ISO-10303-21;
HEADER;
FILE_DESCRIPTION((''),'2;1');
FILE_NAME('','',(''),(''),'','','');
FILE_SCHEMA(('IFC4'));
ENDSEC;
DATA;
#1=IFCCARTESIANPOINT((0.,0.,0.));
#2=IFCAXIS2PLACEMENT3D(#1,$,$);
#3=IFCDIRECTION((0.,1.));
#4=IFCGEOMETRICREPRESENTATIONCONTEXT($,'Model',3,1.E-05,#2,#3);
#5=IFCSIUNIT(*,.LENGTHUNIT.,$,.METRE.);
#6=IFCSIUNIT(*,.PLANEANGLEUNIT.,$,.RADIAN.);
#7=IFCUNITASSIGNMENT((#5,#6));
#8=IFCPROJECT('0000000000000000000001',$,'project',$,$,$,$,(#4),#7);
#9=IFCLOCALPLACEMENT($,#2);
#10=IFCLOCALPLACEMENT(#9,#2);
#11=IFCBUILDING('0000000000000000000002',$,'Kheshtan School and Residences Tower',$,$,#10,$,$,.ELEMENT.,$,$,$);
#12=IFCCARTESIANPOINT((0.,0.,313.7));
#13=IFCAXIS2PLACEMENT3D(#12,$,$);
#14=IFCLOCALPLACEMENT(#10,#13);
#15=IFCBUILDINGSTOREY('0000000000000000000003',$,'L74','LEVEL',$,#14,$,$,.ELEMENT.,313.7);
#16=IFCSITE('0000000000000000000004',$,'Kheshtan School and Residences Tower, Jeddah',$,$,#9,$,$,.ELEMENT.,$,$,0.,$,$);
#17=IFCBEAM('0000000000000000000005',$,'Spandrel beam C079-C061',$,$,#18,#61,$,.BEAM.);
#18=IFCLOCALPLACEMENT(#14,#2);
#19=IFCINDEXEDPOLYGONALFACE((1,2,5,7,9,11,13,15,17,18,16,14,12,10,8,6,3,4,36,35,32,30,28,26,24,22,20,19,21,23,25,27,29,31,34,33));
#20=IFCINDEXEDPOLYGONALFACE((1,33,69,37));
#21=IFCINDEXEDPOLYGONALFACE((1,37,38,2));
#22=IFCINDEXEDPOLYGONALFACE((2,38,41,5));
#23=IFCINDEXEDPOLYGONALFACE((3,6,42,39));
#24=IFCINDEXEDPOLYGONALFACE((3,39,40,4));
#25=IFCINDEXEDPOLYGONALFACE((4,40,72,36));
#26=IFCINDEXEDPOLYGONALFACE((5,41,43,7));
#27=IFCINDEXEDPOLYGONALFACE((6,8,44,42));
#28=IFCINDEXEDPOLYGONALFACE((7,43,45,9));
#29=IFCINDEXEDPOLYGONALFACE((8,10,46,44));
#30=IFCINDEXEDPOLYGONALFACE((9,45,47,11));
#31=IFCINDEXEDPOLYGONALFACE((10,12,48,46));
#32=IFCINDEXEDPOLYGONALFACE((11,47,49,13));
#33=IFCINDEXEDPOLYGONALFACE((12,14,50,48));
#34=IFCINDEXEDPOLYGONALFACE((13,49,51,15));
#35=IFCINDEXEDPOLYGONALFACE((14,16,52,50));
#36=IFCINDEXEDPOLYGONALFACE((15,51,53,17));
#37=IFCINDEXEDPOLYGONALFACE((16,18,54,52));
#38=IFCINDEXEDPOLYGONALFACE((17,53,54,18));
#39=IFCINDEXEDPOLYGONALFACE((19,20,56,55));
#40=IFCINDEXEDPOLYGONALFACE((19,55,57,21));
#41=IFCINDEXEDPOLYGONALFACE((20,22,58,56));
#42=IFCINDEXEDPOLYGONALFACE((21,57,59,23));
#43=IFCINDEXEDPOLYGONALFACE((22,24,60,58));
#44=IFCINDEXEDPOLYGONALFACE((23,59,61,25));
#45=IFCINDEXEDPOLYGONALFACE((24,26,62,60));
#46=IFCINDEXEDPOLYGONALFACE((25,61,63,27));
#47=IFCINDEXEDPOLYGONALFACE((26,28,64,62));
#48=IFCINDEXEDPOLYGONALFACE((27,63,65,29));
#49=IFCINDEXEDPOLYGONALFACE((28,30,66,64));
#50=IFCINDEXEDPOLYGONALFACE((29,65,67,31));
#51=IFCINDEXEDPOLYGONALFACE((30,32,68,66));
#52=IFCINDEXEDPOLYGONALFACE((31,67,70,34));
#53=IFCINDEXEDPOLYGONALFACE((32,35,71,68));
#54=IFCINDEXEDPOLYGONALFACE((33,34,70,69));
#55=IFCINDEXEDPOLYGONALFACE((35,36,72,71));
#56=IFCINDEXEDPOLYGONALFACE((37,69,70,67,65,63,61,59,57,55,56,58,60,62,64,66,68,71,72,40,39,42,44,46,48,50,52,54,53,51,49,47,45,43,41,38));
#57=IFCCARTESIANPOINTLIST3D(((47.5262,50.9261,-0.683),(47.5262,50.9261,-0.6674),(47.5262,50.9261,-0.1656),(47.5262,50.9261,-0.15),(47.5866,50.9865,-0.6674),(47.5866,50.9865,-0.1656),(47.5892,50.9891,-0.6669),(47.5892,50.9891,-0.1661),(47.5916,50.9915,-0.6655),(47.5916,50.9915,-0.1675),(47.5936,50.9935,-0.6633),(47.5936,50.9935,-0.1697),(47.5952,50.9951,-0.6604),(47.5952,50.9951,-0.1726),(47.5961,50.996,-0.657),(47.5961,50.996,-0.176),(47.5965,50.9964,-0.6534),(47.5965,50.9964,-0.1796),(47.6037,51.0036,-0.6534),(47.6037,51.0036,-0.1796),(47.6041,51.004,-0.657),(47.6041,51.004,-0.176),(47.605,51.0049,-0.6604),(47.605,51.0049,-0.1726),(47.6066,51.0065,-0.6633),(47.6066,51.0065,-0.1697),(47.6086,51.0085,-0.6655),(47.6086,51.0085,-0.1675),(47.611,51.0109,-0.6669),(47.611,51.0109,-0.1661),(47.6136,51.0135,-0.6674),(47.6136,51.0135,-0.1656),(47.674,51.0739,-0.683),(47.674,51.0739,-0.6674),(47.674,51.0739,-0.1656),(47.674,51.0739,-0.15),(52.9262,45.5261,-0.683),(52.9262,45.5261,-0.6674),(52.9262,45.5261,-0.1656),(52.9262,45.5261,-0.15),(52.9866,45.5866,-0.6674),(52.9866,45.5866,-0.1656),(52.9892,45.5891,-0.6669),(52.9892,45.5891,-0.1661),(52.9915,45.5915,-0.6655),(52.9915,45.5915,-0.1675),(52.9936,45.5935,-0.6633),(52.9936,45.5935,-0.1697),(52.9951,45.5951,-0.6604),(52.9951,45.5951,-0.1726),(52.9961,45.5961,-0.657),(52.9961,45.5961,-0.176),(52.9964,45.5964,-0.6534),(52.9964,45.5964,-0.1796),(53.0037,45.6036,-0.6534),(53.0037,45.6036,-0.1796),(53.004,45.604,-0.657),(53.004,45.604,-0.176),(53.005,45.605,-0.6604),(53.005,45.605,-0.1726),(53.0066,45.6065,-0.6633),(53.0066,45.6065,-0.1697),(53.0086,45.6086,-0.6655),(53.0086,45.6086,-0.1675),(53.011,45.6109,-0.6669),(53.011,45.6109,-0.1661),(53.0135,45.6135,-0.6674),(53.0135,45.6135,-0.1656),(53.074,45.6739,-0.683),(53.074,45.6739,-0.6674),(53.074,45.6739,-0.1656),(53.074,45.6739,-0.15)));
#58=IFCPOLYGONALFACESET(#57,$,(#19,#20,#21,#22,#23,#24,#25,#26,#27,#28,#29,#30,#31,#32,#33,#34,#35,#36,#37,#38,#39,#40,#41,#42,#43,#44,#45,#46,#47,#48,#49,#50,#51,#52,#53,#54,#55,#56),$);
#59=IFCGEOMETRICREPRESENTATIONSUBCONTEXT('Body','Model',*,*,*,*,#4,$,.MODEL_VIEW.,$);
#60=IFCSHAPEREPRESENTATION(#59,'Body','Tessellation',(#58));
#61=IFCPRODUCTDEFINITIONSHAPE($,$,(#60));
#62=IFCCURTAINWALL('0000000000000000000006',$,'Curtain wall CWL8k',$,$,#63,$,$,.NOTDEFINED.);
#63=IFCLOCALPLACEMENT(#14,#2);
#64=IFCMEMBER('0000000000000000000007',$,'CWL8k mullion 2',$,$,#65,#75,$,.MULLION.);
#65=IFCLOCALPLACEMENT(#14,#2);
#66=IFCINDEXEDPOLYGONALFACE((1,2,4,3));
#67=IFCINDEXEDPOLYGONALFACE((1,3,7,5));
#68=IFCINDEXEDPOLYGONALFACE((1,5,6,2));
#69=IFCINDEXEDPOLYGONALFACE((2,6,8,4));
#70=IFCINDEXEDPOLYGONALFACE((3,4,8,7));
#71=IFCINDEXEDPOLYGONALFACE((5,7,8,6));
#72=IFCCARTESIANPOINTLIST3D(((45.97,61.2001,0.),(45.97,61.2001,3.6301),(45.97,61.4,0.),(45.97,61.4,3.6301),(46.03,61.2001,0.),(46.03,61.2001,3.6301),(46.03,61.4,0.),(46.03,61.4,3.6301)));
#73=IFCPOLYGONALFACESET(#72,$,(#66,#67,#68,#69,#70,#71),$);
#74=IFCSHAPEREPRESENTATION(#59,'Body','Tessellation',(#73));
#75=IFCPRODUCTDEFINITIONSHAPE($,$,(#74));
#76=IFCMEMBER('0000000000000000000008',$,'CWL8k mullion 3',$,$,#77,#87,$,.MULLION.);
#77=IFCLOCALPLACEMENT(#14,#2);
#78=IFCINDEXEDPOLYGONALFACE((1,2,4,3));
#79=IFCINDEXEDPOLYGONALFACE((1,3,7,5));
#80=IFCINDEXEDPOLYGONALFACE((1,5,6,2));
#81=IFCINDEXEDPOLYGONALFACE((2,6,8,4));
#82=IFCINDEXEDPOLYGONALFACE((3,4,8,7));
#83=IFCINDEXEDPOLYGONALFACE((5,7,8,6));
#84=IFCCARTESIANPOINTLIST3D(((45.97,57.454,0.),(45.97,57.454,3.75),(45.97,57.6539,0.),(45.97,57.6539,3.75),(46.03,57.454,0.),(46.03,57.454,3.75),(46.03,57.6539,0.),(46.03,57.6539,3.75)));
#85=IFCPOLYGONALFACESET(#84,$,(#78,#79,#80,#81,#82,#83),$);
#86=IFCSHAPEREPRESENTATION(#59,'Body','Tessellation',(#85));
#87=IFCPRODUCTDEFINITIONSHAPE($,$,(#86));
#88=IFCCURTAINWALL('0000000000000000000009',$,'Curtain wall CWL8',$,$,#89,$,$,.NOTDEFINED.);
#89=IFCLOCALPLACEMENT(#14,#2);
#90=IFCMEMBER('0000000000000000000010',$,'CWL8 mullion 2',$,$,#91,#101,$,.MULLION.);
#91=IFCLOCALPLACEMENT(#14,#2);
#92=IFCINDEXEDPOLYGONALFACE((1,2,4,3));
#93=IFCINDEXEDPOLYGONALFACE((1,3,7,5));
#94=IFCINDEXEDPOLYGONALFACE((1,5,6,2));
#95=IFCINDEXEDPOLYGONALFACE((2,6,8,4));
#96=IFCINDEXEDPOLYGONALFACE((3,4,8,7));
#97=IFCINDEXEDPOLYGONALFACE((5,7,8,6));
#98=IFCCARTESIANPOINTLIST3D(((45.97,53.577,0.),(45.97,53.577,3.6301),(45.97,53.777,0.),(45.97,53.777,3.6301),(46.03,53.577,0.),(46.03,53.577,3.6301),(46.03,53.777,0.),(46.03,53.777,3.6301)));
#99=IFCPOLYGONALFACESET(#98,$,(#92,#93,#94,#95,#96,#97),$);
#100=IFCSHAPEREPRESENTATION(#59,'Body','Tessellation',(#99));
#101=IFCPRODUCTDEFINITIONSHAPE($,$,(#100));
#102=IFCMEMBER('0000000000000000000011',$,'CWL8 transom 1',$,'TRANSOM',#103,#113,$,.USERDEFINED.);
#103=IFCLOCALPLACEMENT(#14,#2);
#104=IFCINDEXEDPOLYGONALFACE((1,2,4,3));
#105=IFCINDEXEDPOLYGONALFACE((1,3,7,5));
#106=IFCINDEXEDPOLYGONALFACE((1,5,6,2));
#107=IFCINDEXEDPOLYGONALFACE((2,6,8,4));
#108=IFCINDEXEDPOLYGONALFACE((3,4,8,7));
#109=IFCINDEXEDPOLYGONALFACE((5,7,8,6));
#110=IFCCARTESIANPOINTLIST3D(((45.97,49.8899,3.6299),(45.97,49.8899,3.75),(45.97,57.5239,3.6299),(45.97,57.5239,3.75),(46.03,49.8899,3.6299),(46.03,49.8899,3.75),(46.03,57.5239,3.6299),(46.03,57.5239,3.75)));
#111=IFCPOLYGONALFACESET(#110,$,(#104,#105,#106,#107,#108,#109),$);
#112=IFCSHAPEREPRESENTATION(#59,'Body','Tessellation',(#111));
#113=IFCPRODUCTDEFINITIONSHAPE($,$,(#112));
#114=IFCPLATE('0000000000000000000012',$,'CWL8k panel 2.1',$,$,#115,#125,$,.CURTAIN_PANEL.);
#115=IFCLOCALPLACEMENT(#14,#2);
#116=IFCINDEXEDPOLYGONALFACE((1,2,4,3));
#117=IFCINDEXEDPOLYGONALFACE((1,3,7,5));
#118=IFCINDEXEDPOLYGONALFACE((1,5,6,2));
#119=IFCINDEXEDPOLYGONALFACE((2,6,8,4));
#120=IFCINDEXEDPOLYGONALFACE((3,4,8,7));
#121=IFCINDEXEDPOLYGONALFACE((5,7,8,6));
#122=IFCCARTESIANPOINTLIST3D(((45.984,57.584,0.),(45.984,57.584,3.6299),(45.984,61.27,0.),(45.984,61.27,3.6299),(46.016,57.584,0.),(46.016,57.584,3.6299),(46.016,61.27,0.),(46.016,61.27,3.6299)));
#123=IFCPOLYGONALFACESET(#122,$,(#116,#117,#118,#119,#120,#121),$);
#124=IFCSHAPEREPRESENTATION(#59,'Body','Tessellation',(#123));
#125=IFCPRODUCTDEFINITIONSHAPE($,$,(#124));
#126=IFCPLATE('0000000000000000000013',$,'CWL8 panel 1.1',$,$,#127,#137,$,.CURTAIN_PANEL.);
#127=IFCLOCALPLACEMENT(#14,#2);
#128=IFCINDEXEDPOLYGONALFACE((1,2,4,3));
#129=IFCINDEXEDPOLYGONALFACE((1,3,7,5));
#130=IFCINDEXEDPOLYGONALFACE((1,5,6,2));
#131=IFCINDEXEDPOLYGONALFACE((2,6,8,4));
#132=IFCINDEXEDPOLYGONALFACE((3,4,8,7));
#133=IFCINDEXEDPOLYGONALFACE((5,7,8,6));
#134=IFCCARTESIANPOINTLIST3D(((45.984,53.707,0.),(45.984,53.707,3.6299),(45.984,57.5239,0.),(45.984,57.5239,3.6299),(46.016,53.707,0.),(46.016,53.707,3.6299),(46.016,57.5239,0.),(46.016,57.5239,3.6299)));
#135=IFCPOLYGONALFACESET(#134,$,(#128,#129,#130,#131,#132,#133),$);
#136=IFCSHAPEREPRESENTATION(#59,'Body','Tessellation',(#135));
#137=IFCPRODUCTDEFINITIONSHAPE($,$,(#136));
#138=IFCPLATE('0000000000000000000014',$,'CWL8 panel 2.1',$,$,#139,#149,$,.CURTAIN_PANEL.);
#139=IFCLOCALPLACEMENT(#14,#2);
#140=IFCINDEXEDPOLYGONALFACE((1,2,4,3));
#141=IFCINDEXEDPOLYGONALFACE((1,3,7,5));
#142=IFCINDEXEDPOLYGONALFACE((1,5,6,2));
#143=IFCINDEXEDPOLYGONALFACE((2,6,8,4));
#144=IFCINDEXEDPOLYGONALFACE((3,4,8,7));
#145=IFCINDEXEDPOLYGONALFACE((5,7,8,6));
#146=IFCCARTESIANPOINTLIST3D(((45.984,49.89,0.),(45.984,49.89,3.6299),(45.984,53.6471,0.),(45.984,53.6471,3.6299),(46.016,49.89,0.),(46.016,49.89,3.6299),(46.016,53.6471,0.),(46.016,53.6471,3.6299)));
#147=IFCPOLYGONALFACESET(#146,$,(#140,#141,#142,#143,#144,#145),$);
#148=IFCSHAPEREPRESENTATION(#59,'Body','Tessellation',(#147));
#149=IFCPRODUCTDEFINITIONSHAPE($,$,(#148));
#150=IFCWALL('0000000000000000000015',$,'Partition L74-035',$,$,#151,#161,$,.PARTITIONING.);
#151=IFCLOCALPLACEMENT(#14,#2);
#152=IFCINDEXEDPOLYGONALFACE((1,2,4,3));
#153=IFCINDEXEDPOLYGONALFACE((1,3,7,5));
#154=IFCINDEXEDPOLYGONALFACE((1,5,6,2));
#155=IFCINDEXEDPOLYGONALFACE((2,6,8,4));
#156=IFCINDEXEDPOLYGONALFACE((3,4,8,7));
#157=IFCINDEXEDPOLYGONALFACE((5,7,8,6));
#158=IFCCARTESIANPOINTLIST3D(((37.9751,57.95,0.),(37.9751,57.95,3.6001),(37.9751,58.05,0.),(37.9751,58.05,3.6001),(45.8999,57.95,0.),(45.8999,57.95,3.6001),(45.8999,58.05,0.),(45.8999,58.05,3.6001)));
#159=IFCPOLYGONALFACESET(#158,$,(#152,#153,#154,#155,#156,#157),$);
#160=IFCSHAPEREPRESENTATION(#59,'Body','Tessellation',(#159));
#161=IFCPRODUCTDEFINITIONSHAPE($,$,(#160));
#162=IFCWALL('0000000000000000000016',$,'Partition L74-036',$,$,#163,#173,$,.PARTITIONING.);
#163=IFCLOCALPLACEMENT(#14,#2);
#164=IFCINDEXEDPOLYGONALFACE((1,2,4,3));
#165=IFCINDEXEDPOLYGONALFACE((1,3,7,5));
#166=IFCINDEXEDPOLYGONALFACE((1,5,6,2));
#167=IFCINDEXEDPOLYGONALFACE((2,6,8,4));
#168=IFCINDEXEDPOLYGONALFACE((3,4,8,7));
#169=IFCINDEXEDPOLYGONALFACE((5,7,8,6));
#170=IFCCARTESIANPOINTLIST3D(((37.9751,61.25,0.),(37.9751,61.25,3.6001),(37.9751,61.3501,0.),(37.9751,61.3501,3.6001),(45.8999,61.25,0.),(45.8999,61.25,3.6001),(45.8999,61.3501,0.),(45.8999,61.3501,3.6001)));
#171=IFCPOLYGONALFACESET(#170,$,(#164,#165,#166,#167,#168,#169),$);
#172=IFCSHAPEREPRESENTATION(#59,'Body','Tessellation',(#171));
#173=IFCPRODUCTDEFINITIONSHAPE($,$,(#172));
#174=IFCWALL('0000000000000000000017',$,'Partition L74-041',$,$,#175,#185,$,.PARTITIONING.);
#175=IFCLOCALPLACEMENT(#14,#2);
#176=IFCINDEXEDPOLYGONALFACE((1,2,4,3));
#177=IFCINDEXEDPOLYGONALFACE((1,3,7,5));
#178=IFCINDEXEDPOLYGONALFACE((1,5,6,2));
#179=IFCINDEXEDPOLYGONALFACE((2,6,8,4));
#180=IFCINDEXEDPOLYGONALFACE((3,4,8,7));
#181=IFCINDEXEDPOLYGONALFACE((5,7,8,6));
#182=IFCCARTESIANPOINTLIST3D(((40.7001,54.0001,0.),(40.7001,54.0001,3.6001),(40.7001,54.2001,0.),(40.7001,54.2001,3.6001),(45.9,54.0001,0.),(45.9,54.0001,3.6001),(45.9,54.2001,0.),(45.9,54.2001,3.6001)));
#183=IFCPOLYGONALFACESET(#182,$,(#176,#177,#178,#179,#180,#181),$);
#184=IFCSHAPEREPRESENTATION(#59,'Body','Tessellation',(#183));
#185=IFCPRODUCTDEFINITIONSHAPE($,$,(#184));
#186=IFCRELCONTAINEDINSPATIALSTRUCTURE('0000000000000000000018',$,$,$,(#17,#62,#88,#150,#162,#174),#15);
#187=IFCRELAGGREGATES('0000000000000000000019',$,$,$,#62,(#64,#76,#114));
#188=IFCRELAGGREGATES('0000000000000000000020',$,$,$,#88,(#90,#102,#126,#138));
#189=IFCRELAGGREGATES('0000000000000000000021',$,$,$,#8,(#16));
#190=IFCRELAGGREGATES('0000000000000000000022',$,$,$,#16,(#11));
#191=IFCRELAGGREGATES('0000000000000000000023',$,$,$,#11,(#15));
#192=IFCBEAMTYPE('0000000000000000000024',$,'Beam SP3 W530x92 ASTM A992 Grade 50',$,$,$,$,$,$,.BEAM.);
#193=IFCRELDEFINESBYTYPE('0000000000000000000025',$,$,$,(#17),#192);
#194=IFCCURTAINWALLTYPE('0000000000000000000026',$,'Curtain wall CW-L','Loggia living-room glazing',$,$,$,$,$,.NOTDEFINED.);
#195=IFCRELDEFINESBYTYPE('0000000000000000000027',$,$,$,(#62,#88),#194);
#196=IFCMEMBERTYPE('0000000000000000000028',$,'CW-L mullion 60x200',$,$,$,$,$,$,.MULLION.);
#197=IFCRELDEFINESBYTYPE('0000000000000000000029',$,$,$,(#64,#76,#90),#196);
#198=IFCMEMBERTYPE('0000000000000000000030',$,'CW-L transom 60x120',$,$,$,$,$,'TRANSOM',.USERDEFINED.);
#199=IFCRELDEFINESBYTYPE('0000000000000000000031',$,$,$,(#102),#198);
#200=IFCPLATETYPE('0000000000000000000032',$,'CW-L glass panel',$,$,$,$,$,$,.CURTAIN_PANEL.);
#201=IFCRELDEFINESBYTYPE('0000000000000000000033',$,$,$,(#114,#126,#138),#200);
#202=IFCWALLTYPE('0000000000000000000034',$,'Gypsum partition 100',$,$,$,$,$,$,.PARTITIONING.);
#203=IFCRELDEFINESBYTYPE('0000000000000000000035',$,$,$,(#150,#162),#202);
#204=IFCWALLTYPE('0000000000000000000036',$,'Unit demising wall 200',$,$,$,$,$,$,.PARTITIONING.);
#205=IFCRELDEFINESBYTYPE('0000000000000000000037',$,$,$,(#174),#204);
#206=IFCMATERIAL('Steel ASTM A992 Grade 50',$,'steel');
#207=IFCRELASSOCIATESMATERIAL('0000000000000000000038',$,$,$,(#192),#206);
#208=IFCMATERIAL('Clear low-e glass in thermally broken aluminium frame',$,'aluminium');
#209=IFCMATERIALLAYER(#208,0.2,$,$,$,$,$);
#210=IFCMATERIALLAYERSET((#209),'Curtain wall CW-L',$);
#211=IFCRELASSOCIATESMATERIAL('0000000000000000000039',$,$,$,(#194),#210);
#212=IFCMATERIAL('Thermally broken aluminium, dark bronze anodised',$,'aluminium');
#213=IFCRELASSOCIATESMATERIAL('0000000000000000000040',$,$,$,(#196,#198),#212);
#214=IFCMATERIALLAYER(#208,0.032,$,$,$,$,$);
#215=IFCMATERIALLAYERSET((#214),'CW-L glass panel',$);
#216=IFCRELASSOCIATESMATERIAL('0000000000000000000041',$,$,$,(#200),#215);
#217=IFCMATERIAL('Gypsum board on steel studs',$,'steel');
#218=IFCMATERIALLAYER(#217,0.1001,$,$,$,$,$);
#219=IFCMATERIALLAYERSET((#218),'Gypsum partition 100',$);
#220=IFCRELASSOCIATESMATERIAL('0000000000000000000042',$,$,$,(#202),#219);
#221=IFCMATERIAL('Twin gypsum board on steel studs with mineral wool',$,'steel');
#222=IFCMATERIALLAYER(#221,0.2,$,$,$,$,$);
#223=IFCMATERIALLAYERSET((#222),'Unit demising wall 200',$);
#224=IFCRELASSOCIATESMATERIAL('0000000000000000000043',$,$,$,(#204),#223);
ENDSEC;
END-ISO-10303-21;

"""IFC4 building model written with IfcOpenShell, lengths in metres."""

from ifc_helpers import new_model, si_unit, direction, frame, frame_2d, origin, origin_2d, place, context, subcontext, project, spatial, rectangle, i_section, extrude, material, layer, layer_set, material_profile, profile_set, type_object, element, aggregate, save


model = new_model("IFC4")

# Units and contexts
model_context = context("Model", 3, precision=1e-05, world=origin(), true_north=direction((0.0, 1.0)))
body_context = subcontext(model_context, "Body", "Model", "MODEL_VIEW")
ifc_project = project(units=[si_unit("LENGTHUNIT", "METRE"), si_unit("PLANEANGLEUNIT", "RADIAN")], contexts=[model_context])

# Site, building, storey
site_placement = place(None, origin())
site = spatial("IfcSite", under=ifc_project, at=site_placement, Name="Kheshtan School and Residences Tower, Jeddah", CompositionType="ELEMENT", RefElevation=0.0)
building_placement = place(site_placement, origin())
building = spatial("IfcBuilding", under=site, at=building_placement, Name="Kheshtan School and Residences Tower", CompositionType="ELEMENT")
storey_placement = place(building_placement, frame((0.0, 0.0, 313.7)))
storey = spatial("IfcBuildingStorey", under=building, at=storey_placement, Name="L74", Description="LEVEL", CompositionType="ELEMENT", Elevation=313.7)

# Shared definitions
ifc_material_1 = material(Name="Steel ASTM A992 Grade 50", Category="steel")

# Beam
ifc_material_profile_1 = material_profile(ifc_material_1, i_section(OverallWidth=0.209, OverallDepth=0.533, WebThickness=0.0103, FlangeThickness=0.0156, FilletRadius=0.0139, at=origin_2d()), Name="W530x92")
ifc_profile_set_1 = profile_set([ifc_material_profile_1], Name="Steel ASTM A992 Grade 50")
beam_type_1 = type_object("IfcBeamType", Name="Beam SP3 W530x92 ASTM A992 Grade 50", PredefinedType="BEAM", material=ifc_profile_set_1)
beam_1_placement = place(storey_placement, frame((47.6001, 51.0, -0.4165), z_axis=(0.707107, -0.707107, 0.0), x_axis=(0.707107, 0.707107, 0.0)))
element("IfcBeam", 1, at=beam_1_placement, inside=storey, type_object=beam_type_1, Name="Spandrel beam C079-C061", PredefinedType="BEAM", context=body_context, shape_type="SweptSolid", body=[
    extrude(i_section(OverallWidth=0.209, OverallDepth=0.533, WebThickness=0.0103, FlangeThickness=0.0156, FilletRadius=0.0139, at=origin_2d()), origin(), (0.0, 0.0, 1.0), 7.6367),
])

# Curtain walls, members
ifc_material_2 = material(Name="Clear low-e glass in thermally broken aluminium frame", Category="aluminium")
ifc_layer_1 = layer(ifc_material_2, 0.2)
ifc_layer_set_1 = layer_set([ifc_layer_1], Name="Curtain wall CW-L")
curtain_wall_type = type_object("IfcCurtainWallType", Name="Curtain wall CW-L", Description="Loggia living-room glazing", PredefinedType="NOTDEFINED", material=ifc_layer_set_1)
curtain_wall_1_placement = place(storey_placement, origin())
curtain_wall_1 = element("IfcCurtainWall", 2, at=curtain_wall_1_placement, inside=storey, type_object=curtain_wall_type, Name="Curtain wall CWL8k", PredefinedType="NOTDEFINED")
ifc_material_3 = material(Name="Thermally broken aluminium, dark bronze anodised", Category="aluminium")
ifc_material_profile_2 = material_profile(ifc_material_3, rectangle(XDim=0.0601, YDim=0.2, at=origin_2d()), Name="CW-L mullion 60x200")
ifc_profile_set_2 = profile_set([ifc_material_profile_2], Name="Thermally broken aluminium, dark bronze anodised")
member_type_1 = type_object("IfcMemberType", Name="CW-L mullion 60x200", PredefinedType="MULLION", material=ifc_profile_set_2)
member_1_placement = place(storey_placement, frame((46.0, 61.3, 0.0), z_axis=(0.0, 0.0, 1.0), x_axis=(1.0, 0.0, 0.0)))
member_1 = element("IfcMember", 3, at=member_1_placement, type_object=member_type_1, Name="CWL8k mullion 2", PredefinedType="MULLION", context=body_context, shape_type="SweptSolid", body=[
    extrude(rectangle(XDim=0.0601, YDim=0.2, at=origin_2d()), origin(), (0.0, 0.0, 1.0), 3.6301),
])
member_2_placement = place(storey_placement, frame((46.0, 57.554, 0.0), z_axis=(0.0, 0.0, 1.0), x_axis=(1.0, 0.0, 0.0)))
member_2 = element("IfcMember", 4, at=member_2_placement, type_object=member_type_1, Name="CWL8k mullion 3", PredefinedType="MULLION", context=body_context, shape_type="SweptSolid", body=[
    extrude(rectangle(XDim=0.0601, YDim=0.2, at=origin_2d()), origin(), (0.0, 0.0, 1.0), 3.75),
])
curtain_wall_2_placement = place(storey_placement, origin())
curtain_wall_2 = element("IfcCurtainWall", 5, at=curtain_wall_2_placement, inside=storey, type_object=curtain_wall_type, Name="Curtain wall CWL8", PredefinedType="NOTDEFINED")
member_3_placement = place(storey_placement, frame((46.0, 53.677, 0.0), z_axis=(0.0, 0.0, 1.0), x_axis=(1.0, 0.0, 0.0)))
member_3 = element("IfcMember", 6, at=member_3_placement, type_object=member_type_1, Name="CWL8 mullion 2", PredefinedType="MULLION", context=body_context, shape_type="SweptSolid", body=[
    extrude(rectangle(XDim=0.0601, YDim=0.2, at=origin_2d()), origin(), (0.0, 0.0, 1.0), 3.6301),
])
ifc_material_profile_3 = material_profile(ifc_material_3, rectangle(XDim=0.0601, YDim=0.1201, at=origin_2d()), Name="CW-L transom 60x120")
ifc_profile_set_3 = profile_set([ifc_material_profile_3], Name="Thermally broken aluminium, dark bronze anodised")
member_type_2 = type_object("IfcMemberType", Name="CW-L transom 60x120", ElementType="TRANSOM", PredefinedType="USERDEFINED", material=ifc_profile_set_3)
member_4_placement = place(storey_placement, frame((46.0, 57.5239, 3.6899), z_axis=(0.0, -1.0, 0.0), x_axis=(1.0, 0.0, 0.0)))
member_4 = element("IfcMember", 7, at=member_4_placement, type_object=member_type_2, Name="CWL8 transom 1", ObjectType="TRANSOM", PredefinedType="USERDEFINED", context=body_context, shape_type="SweptSolid", body=[
    extrude(rectangle(XDim=0.0601, YDim=0.1201, at=origin_2d()), origin(), (0.0, 0.0, 1.0), 7.634),
])

# Plates
ifc_layer_2 = layer(ifc_material_2, 0.032)
ifc_layer_set_2 = layer_set([ifc_layer_2], Name="CW-L glass panel")
plate_type = type_object("IfcPlateType", Name="CW-L glass panel", PredefinedType="CURTAIN_PANEL", material=ifc_layer_set_2)
plate_1_placement = place(storey_placement, frame((46.0, 59.427, 0.0), z_axis=(0.0, 0.0, 1.0), x_axis=(0.0, -1.0, 0.0)))
plate_1 = element("IfcPlate", 8, at=plate_1_placement, type_object=plate_type, Name="CWL8k panel 2.1", PredefinedType="CURTAIN_PANEL", context=body_context, shape_type="SweptSolid", body=[
    extrude(rectangle(XDim=3.686, YDim=0.032, at=origin_2d()), origin(), (0.0, 0.0, 1.0), 3.6299),
])
aggregate(curtain_wall_1, [member_1, member_2, plate_1])
plate_2_placement = place(storey_placement, frame((46.0, 55.6155, 0.0), z_axis=(0.0, 0.0, 1.0), x_axis=(0.0, -1.0, 0.0)))
plate_2 = element("IfcPlate", 9, at=plate_2_placement, type_object=plate_type, Name="CWL8 panel 1.1", PredefinedType="CURTAIN_PANEL", context=body_context, shape_type="SweptSolid", body=[
    extrude(rectangle(XDim=3.8169, YDim=0.032, at=origin_2d()), origin(), (0.0, 0.0, 1.0), 3.6299),
])
plate_3_placement = place(storey_placement, frame((46.0, 51.7686, 0.0), z_axis=(0.0, 0.0, 1.0), x_axis=(0.0, -1.0, 0.0)))
plate_3 = element("IfcPlate", 10, at=plate_3_placement, type_object=plate_type, Name="CWL8 panel 2.1", PredefinedType="CURTAIN_PANEL", context=body_context, shape_type="SweptSolid", body=[
    extrude(rectangle(XDim=3.7571, YDim=0.032, at=origin_2d()), origin(), (0.0, 0.0, 1.0), 3.6299),
])
aggregate(curtain_wall_2, [member_3, member_4, plate_2, plate_3])

# Walls
ifc_material_4 = material(Name="Gypsum board on steel studs", Category="steel")
ifc_layer_3 = layer(ifc_material_4, 0.1001)
ifc_layer_set_3 = layer_set([ifc_layer_3], Name="Gypsum partition 100")
wall_type_1 = type_object("IfcWallType", Name="Gypsum partition 100", PredefinedType="PARTITIONING", material=ifc_layer_set_3)
for number, where, z_axis, x_axis, name in (
    (11, (37.9751, 58.0, 0.0), (0.0, 0.0, 1.0), (1.0, 0.0, 0.0), "Partition L74-035"),
    (12, (37.9751, 61.3, 0.0), (0.0, 0.0, 1.0), (1.0, 0.0, 0.0), "Partition L74-036"),
):
    element("IfcWall", number, at=place(storey_placement, frame(where, z_axis=z_axis, x_axis=x_axis)), inside=storey, type_object=wall_type_1, Name=name, PredefinedType="PARTITIONING", context=body_context, shape_type="SweptSolid", body=[
        extrude(rectangle(XDim=7.9248, YDim=0.1001, at=frame_2d((3.9624, 0.0))), origin(), (0.0, 0.0, 1.0), 3.6001),
    ])
ifc_material_5 = material(Name="Twin gypsum board on steel studs with mineral wool", Category="steel")
ifc_layer_4 = layer(ifc_material_5, 0.2)
ifc_layer_set_4 = layer_set([ifc_layer_4], Name="Unit demising wall 200")
wall_type_2 = type_object("IfcWallType", Name="Unit demising wall 200", PredefinedType="PARTITIONING", material=ifc_layer_set_4)
wall_1_placement = place(storey_placement, frame((40.7, 54.1001, 0.0), z_axis=(0.0, 0.0, 1.0), x_axis=(1.0, 0.0, 0.0)))
element("IfcWall", 13, at=wall_1_placement, inside=storey, type_object=wall_type_2, Name="Partition L74-041", PredefinedType="PARTITIONING", context=body_context, shape_type="SweptSolid", body=[
    extrude(rectangle(XDim=5.2, YDim=0.2, at=frame_2d((2.6001, 0.0))), origin(), (0.0, 0.0, 1.0), 3.6001),
])

save(model, "model.ifc")
